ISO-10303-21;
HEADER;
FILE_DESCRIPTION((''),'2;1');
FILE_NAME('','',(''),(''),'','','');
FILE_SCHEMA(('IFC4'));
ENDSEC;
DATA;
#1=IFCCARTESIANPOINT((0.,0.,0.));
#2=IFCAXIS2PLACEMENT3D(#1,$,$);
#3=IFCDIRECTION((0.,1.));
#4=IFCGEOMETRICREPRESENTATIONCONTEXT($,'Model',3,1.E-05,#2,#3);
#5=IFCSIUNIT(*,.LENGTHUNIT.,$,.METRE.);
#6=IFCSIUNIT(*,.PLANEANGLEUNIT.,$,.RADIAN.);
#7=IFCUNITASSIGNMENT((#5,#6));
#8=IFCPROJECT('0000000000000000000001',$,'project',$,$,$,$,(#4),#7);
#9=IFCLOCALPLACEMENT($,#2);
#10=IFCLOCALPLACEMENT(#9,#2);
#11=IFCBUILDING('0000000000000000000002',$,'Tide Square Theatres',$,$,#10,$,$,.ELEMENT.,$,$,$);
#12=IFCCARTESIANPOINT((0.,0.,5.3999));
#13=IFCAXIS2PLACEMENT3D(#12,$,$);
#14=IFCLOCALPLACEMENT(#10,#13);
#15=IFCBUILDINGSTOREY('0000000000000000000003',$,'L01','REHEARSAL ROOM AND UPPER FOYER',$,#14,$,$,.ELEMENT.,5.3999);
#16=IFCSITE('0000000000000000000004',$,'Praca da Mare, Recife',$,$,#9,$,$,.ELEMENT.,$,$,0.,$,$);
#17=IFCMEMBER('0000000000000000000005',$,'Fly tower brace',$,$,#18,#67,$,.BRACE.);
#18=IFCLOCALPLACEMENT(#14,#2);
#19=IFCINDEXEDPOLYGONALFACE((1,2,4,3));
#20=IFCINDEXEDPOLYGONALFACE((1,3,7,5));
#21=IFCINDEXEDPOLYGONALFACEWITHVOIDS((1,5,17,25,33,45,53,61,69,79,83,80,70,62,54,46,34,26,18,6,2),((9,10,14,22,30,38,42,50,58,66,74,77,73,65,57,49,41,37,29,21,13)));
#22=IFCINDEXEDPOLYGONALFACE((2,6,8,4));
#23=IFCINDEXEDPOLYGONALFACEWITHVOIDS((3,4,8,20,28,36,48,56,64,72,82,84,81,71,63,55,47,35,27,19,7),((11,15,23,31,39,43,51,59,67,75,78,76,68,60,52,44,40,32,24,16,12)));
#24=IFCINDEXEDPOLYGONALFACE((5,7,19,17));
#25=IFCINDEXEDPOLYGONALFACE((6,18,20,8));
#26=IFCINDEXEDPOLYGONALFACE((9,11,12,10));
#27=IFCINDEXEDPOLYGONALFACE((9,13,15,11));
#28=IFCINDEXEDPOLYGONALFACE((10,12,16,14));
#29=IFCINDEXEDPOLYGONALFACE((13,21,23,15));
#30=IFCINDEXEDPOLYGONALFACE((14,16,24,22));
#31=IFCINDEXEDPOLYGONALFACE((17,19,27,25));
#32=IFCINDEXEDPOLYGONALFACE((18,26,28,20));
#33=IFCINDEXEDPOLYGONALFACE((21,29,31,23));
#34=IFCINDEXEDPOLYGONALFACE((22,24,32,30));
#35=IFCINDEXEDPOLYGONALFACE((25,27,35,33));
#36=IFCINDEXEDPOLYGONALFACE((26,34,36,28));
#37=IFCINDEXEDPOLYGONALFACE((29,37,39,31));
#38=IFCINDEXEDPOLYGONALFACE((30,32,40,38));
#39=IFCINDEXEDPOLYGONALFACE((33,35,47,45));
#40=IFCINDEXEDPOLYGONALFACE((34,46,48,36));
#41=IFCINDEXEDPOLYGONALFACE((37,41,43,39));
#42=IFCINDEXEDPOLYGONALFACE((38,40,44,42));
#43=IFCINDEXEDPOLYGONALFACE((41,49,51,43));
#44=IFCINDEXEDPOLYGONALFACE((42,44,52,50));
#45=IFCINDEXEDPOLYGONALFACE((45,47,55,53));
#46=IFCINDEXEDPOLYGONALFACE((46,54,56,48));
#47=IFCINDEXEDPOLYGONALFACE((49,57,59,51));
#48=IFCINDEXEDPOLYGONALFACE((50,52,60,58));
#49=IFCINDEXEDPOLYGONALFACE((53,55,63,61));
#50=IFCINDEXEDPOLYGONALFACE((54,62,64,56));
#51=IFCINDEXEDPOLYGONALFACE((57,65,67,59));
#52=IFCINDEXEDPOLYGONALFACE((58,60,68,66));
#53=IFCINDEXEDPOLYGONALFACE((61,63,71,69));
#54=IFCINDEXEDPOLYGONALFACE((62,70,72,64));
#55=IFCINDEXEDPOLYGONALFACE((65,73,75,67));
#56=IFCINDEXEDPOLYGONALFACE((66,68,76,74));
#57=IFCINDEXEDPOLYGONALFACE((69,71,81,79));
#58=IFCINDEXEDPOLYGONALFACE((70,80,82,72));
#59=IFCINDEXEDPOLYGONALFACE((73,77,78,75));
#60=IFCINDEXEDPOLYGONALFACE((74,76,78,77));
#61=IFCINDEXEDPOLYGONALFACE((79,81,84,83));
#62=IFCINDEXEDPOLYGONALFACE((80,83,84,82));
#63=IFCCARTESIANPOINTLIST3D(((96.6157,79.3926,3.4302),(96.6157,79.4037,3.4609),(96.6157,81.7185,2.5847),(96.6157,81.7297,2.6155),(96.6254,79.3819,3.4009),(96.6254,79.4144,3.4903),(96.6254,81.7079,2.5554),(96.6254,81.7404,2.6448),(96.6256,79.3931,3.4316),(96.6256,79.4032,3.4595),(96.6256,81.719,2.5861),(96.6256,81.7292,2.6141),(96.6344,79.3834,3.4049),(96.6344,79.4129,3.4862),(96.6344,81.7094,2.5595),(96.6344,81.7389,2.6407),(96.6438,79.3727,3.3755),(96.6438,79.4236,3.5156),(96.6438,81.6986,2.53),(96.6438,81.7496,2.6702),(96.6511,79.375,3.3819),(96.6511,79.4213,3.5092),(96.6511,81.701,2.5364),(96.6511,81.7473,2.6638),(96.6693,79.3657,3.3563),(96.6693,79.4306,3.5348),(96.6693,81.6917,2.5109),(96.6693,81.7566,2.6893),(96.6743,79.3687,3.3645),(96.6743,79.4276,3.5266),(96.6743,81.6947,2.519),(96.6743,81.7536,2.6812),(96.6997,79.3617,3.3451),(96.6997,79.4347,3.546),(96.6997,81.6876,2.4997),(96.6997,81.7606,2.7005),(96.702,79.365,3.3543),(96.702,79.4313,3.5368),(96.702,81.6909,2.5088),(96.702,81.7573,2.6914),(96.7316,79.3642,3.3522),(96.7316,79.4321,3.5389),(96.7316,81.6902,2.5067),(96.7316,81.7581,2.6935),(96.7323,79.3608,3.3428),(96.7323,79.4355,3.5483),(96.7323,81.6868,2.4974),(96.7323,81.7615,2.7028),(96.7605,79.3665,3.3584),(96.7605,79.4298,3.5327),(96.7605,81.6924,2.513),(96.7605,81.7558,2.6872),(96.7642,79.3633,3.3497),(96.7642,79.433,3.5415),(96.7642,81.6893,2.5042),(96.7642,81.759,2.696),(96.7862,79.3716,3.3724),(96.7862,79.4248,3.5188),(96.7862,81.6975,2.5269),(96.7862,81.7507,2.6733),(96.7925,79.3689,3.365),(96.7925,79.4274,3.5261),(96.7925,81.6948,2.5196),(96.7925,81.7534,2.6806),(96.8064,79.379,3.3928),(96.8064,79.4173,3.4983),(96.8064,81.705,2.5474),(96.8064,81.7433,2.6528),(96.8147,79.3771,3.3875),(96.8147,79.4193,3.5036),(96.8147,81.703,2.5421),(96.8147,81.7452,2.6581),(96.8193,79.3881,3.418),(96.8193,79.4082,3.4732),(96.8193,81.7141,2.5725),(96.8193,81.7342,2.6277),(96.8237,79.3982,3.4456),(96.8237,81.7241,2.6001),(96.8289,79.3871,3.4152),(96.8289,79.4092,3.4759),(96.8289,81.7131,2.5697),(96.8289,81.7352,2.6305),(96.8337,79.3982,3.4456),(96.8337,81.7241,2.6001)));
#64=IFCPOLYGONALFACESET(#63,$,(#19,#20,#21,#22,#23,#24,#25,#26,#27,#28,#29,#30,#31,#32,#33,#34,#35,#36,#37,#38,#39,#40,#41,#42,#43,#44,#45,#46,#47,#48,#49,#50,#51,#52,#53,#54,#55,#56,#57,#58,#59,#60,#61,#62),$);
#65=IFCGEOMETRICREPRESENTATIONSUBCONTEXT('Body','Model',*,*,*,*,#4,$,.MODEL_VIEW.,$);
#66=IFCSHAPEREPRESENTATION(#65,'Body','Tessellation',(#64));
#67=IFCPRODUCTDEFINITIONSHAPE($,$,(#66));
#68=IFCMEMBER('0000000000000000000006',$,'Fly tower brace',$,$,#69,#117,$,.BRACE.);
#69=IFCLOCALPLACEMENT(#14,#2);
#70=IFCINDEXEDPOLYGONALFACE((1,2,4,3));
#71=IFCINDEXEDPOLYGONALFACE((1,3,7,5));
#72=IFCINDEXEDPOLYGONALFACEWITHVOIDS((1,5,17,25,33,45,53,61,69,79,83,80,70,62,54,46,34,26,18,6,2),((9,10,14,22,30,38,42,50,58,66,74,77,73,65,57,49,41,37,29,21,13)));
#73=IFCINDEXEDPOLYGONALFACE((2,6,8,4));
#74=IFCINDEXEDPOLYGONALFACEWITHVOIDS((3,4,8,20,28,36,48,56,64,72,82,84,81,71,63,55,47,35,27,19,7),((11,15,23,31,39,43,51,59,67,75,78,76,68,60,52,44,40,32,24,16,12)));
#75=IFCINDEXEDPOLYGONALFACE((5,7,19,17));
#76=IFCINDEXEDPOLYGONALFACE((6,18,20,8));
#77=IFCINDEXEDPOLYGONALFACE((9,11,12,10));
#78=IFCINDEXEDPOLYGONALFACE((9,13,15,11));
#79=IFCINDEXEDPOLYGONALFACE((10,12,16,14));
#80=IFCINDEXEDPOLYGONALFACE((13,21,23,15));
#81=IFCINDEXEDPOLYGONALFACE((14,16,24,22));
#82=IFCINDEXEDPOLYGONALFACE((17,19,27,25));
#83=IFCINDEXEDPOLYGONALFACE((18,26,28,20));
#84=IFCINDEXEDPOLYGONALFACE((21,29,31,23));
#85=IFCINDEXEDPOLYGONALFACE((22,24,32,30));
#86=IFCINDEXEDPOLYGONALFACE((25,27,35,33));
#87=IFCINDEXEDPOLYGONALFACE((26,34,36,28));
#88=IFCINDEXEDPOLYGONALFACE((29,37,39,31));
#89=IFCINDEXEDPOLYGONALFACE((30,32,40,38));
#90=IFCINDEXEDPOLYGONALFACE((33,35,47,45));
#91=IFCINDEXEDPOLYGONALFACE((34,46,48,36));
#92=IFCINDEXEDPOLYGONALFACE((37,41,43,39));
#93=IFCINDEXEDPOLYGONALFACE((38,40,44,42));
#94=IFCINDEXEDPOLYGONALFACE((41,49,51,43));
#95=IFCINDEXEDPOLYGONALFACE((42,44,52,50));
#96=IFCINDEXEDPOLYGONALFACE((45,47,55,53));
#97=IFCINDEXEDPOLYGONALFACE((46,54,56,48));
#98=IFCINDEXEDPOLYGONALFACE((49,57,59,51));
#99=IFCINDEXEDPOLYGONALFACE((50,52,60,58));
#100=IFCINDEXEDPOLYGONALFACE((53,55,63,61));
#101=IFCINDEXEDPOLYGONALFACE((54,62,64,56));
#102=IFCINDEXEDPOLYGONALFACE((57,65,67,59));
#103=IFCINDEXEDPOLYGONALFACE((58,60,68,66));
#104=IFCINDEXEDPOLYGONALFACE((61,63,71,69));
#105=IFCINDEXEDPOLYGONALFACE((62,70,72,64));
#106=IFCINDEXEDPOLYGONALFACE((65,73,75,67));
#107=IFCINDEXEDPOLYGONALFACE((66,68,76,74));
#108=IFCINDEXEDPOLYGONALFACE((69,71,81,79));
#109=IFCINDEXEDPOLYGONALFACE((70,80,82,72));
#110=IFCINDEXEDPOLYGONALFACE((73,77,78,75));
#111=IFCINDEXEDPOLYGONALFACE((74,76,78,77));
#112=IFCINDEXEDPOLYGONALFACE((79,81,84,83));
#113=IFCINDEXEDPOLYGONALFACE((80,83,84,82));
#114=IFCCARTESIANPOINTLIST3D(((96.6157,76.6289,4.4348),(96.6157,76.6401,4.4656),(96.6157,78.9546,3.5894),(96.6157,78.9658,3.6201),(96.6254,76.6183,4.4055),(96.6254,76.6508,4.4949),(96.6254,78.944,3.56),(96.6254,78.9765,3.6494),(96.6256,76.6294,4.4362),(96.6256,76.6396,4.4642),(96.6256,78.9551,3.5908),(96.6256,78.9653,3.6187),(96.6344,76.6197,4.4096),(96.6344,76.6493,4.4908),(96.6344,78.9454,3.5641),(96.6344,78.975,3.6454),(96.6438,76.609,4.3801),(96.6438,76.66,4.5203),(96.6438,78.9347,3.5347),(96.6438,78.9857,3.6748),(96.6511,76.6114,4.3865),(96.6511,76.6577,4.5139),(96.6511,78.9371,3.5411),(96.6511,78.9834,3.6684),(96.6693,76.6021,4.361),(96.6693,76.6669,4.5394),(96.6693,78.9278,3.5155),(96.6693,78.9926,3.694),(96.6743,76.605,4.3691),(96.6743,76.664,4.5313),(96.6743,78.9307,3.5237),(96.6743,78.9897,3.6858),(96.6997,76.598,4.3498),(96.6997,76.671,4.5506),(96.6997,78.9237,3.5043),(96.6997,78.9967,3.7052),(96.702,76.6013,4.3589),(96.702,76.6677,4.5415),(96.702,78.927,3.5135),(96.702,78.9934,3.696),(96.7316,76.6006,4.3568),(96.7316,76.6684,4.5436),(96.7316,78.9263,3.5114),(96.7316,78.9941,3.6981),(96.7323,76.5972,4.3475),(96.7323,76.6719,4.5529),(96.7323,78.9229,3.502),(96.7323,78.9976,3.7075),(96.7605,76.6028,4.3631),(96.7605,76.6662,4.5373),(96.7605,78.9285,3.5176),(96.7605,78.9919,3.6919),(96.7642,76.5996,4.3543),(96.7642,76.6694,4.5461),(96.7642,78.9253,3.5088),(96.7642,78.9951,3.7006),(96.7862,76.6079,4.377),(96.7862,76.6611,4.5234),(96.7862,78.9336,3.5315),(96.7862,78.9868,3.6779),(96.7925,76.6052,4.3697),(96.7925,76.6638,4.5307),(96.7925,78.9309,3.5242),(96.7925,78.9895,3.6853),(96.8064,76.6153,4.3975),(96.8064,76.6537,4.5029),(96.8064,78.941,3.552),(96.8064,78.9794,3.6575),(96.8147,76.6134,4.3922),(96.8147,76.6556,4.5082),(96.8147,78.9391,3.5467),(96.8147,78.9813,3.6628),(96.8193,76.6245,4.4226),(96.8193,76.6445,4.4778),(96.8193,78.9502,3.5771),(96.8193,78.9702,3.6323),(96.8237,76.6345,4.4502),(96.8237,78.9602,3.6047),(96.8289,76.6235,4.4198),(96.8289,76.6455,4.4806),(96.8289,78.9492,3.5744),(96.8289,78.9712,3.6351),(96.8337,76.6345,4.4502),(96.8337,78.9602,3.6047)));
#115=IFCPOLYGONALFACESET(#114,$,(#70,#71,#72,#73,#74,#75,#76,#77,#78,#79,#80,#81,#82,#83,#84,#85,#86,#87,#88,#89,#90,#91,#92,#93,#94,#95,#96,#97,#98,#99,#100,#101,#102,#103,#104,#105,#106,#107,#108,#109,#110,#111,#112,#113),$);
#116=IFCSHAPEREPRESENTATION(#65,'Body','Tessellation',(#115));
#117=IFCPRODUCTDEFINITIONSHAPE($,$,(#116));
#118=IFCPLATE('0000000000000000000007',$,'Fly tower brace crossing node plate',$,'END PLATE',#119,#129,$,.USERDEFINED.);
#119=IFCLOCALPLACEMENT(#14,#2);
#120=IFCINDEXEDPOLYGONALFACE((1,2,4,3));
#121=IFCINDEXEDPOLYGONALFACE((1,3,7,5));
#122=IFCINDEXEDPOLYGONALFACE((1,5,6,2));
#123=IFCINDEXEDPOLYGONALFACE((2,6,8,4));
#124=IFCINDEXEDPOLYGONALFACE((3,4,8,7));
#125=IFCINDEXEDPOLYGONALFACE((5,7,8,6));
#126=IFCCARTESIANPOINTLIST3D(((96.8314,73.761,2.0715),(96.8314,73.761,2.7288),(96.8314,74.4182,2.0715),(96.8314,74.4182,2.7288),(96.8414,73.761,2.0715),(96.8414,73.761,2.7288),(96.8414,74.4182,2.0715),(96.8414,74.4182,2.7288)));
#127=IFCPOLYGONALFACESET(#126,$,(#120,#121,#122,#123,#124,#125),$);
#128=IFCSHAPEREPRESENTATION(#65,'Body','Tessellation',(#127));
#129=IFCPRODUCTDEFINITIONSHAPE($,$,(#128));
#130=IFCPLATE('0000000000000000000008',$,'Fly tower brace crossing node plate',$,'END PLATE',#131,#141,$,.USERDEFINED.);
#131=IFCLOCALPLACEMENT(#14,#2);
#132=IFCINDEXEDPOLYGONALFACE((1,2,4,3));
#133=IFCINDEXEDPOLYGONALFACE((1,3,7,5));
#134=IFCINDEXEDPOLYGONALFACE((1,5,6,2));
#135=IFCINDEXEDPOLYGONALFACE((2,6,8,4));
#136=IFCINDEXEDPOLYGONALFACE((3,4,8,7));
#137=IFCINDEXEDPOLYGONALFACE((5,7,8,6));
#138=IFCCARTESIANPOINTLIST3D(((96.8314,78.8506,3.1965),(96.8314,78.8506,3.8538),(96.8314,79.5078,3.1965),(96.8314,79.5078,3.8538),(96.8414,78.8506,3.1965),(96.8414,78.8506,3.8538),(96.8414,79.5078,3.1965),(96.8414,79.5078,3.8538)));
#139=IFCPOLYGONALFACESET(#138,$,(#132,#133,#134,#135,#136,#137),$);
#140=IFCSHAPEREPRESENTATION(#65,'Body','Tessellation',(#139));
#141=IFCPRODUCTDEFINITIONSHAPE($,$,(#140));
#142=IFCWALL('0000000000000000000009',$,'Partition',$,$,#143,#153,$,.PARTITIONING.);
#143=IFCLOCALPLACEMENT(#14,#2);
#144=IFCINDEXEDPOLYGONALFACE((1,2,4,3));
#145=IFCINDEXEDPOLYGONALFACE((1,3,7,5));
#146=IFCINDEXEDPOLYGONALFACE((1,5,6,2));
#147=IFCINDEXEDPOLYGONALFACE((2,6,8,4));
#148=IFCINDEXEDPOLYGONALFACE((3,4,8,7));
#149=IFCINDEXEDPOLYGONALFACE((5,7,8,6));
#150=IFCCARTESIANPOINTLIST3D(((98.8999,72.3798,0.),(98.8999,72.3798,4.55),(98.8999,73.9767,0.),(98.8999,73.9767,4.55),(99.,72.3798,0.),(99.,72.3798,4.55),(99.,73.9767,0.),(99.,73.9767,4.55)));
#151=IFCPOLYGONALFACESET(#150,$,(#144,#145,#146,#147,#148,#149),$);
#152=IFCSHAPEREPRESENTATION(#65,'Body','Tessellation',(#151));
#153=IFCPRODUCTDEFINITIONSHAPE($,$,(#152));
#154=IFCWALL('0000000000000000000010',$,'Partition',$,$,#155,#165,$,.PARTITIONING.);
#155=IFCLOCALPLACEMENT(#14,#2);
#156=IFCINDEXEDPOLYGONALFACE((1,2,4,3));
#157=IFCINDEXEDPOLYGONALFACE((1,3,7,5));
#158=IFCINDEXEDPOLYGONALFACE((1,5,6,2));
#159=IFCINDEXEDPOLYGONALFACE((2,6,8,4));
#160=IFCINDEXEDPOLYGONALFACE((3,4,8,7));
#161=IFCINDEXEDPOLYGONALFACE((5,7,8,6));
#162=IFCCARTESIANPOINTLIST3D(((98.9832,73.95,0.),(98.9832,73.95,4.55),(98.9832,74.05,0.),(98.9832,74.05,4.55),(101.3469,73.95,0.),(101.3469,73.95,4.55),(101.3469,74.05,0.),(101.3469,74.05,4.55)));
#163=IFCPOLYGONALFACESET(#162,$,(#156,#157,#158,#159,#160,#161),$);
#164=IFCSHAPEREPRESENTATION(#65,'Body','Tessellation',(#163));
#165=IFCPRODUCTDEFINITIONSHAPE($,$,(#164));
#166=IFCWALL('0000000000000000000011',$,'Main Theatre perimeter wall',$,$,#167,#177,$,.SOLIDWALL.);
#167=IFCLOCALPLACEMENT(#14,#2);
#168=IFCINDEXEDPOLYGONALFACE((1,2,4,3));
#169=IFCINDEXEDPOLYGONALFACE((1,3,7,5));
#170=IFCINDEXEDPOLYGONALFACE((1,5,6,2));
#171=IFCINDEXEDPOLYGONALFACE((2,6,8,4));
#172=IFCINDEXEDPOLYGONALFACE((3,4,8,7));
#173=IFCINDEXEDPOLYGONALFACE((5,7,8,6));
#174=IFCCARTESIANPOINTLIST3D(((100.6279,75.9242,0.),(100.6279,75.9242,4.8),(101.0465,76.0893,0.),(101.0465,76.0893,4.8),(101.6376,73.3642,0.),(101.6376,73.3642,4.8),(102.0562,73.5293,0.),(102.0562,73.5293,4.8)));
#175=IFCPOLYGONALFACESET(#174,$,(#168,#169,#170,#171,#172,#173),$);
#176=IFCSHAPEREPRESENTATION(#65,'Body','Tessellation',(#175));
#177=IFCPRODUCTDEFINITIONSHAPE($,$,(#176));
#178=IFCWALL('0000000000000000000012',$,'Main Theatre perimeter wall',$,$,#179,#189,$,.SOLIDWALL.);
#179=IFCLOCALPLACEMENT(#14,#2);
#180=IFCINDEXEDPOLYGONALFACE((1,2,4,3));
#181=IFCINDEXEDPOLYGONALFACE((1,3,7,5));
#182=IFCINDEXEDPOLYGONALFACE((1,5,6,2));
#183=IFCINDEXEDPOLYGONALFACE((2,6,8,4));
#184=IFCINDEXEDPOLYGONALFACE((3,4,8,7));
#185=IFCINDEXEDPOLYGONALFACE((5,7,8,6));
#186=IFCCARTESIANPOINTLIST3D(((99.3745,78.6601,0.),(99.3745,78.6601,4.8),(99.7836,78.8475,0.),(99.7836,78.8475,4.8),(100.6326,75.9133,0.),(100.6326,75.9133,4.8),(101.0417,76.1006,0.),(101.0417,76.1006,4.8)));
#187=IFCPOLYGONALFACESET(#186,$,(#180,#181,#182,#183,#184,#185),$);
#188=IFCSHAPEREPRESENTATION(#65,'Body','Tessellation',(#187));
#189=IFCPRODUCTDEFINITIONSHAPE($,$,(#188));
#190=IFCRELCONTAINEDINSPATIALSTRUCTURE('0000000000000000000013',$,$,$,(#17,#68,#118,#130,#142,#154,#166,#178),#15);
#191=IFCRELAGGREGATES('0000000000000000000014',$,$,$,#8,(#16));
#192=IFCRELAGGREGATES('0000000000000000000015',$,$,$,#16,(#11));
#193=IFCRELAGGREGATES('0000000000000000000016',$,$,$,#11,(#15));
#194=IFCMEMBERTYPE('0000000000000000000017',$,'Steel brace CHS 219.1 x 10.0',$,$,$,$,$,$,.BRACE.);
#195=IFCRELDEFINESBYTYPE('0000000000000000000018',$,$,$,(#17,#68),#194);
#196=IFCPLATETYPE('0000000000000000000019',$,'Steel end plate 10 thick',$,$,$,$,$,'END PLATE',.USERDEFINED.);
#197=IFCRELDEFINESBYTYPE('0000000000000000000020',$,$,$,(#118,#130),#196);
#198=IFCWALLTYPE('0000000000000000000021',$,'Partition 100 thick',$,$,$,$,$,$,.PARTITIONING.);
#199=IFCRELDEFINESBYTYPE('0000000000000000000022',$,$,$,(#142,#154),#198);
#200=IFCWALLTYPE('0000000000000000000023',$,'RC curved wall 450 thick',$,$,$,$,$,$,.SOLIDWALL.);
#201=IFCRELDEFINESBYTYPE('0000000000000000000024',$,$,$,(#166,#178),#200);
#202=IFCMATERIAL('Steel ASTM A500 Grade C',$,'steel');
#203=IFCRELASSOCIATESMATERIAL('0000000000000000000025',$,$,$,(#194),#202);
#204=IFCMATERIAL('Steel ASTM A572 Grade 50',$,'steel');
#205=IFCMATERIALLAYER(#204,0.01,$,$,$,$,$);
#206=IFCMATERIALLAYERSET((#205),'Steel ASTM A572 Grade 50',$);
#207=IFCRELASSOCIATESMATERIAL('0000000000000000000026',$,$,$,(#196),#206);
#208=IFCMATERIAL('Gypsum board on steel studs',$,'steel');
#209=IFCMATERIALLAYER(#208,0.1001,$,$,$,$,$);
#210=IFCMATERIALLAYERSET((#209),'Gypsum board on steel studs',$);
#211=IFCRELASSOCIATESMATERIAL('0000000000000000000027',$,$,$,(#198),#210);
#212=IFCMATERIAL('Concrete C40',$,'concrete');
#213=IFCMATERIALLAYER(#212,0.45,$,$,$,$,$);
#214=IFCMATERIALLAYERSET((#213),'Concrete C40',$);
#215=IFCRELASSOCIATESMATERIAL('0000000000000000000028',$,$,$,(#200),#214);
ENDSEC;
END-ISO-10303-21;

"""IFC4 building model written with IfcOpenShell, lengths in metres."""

from ifc_helpers import new_model, si_unit, direction, frame, frame_2d, origin, origin_2d, place, context, subcontext, project, spatial, rectangle, hollow_circle, extrude, material, layer, layer_set, material_profile, profile_set, type_object, element, save


model = new_model("IFC4")

# Units and contexts
model_context = context("Model", 3, precision=1e-05, world=origin(), true_north=direction((0.0, 1.0)))
body_context = subcontext(model_context, "Body", "Model", "MODEL_VIEW")
ifc_project = project(units=[si_unit("LENGTHUNIT", "METRE"), si_unit("PLANEANGLEUNIT", "RADIAN")], contexts=[model_context])

# Site, building, storey
site_placement = place(None, origin())
site = spatial("IfcSite", under=ifc_project, at=site_placement, Name="Praca da Mare, Recife", CompositionType="ELEMENT", RefElevation=0.0)
building_placement = place(site_placement, origin())
building = spatial("IfcBuilding", under=site, at=building_placement, Name="Tide Square Theatres", CompositionType="ELEMENT")
storey_placement = place(building_placement, frame((0.0, 0.0, 5.3999)))
storey = spatial("IfcBuildingStorey", under=building, at=storey_placement, Name="L01", Description="REHEARSAL ROOM AND UPPER FOYER", CompositionType="ELEMENT", Elevation=5.3999)

# Members
ifc_material_1 = material(Name="Steel ASTM A500 Grade C", Category="steel")
ifc_material_profile_1 = material_profile(ifc_material_1, hollow_circle(Radius=0.1096, WallThickness=0.01, at=origin_2d()))
ifc_profile_set_1 = profile_set([ifc_material_profile_1], Name="Steel ASTM A500 Grade C")
member_type = type_object("IfcMemberType", Name="Steel brace CHS 219.1 x 10.0", PredefinedType="BRACE", material=ifc_profile_set_1)
member_1_placement = place(storey_placement, frame((96.7241, 81.7241, 2.6001), z_axis=(0.0, -0.939837, 0.341624), x_axis=(1.0, 0.0, 0.0)))
element("IfcMember", 1, at=member_1_placement, inside=storey, type_object=member_type, Name="Fly tower brace", PredefinedType="BRACE", context=body_context, shape_type="SweptSolid", body=[
    extrude(hollow_circle(Radius=0.1096, WallThickness=0.01, at=origin_2d()), origin(), (0.0, 0.0, 1.0), 2.4749),
])
member_2_placement = place(storey_placement, frame((96.7241, 78.9602, 3.6047), z_axis=(0.0, -0.939825, 0.341656), x_axis=(1.0, 0.0, 0.0)))
element("IfcMember", 2, at=member_2_placement, inside=storey, type_object=member_type, Name="Fly tower brace", PredefinedType="BRACE", context=body_context, shape_type="SweptSolid", body=[
    extrude(hollow_circle(Radius=0.1096, WallThickness=0.01, at=origin_2d()), origin(), (0.0, 0.0, 1.0), 2.4746),
])

# Plates
ifc_material_2 = material(Name="Steel ASTM A572 Grade 50", Category="steel")
ifc_layer_1 = layer(ifc_material_2, 0.01)
ifc_layer_set_1 = layer_set([ifc_layer_1], Name="Steel ASTM A572 Grade 50")
plate_type = type_object("IfcPlateType", Name="Steel end plate 10 thick", ElementType="END PLATE", PredefinedType="USERDEFINED", material=ifc_layer_set_1)
for number, where, z_axis, x_axis, name in (
    (3, (96.8364, 74.0896, 2.0715), (0.0, 0.0, 1.0), (1.0, 0.0, 0.0), "Fly tower brace crossing node plate"),
    (4, (96.8364, 79.1792, 3.1965), (0.0, 0.0, 1.0), (1.0, 0.0, 0.0), "Fly tower brace crossing node plate"),
):
    element("IfcPlate", number, at=place(storey_placement, frame(where, z_axis=z_axis, x_axis=x_axis)), inside=storey, type_object=plate_type, Name=name, ObjectType="END PLATE", PredefinedType="USERDEFINED", context=body_context, shape_type="SweptSolid", body=[
        extrude(rectangle(XDim=0.01, YDim=0.6572, at=origin_2d()), origin(), (0.0, 0.0, 1.0), 0.6572),
    ])

# Walls
ifc_material_3 = material(Name="Gypsum board on steel studs", Category="steel")
ifc_layer_2 = layer(ifc_material_3, 0.1001)
ifc_layer_set_2 = layer_set([ifc_layer_2], Name="Gypsum board on steel studs")
wall_type_1 = type_object("IfcWallType", Name="Partition 100 thick", PredefinedType="PARTITIONING", material=ifc_layer_set_2)
wall_1_placement = place(storey_placement, frame((98.95, 72.3799, 0.0), z_axis=(0.0, 0.0, 1.0), x_axis=(0.0, 1.0, 0.0)))
element("IfcWall", 5, at=wall_1_placement, inside=storey, type_object=wall_type_1, Name="Partition", PredefinedType="PARTITIONING", context=body_context, shape_type="SweptSolid", body=[
    extrude(rectangle(XDim=1.5969, YDim=0.1001, at=frame_2d((0.7983, 0.0))), origin(), (0.0, 0.0, 1.0), 4.55),
])
wall_2_placement = place(storey_placement, frame((98.9832, 74.0, 0.0), z_axis=(0.0, 0.0, 1.0), x_axis=(1.0, 0.0, 0.0)))
element("IfcWall", 6, at=wall_2_placement, inside=storey, type_object=wall_type_1, Name="Partition", PredefinedType="PARTITIONING", context=body_context, shape_type="SweptSolid", body=[
    extrude(rectangle(XDim=2.3638, YDim=0.1001, at=frame_2d((1.1819, 0.0))), origin(), (0.0, 0.0, 1.0), 4.55),
])
ifc_material_4 = material(Name="Concrete C40", Category="concrete")
ifc_layer_3 = layer(ifc_material_4, 0.45)
ifc_layer_set_3 = layer_set([ifc_layer_3], Name="Concrete C40")
wall_type_2 = type_object("IfcWallType", Name="RC curved wall 450 thick", PredefinedType="SOLIDWALL", material=ifc_layer_set_3)
wall_3_placement = place(storey_placement, frame((101.8469, 73.4468, 0.0), z_axis=(0.0, 0.0, 1.0), x_axis=(-0.36692, 0.930252, 0.0)))
element("IfcWall", 7, at=wall_3_placement, inside=storey, type_object=wall_type_2, Name="Main Theatre perimeter wall", PredefinedType="SOLIDWALL", context=body_context, shape_type="SweptSolid", body=[
    extrude(rectangle(XDim=2.752, YDim=0.45, at=frame_2d((1.376, 0.0))), origin(), (0.0, 0.0, 1.0), 4.8),
])
wall_4_placement = place(storey_placement, frame((100.8372, 76.0068, 0.0), z_axis=(0.0, 0.0, 1.0), x_axis=(-0.416407, 0.909178, 0.0)))
element("IfcWall", 8, at=wall_4_placement, inside=storey, type_object=wall_type_2, Name="Main Theatre perimeter wall", PredefinedType="SOLIDWALL", context=body_context, shape_type="SweptSolid", body=[
    extrude(rectangle(XDim=3.0212, YDim=0.45, at=frame_2d((1.5107, 0.0))), origin(), (0.0, 0.0, 1.0), 4.8),
])

save(model, "model.ifc")
